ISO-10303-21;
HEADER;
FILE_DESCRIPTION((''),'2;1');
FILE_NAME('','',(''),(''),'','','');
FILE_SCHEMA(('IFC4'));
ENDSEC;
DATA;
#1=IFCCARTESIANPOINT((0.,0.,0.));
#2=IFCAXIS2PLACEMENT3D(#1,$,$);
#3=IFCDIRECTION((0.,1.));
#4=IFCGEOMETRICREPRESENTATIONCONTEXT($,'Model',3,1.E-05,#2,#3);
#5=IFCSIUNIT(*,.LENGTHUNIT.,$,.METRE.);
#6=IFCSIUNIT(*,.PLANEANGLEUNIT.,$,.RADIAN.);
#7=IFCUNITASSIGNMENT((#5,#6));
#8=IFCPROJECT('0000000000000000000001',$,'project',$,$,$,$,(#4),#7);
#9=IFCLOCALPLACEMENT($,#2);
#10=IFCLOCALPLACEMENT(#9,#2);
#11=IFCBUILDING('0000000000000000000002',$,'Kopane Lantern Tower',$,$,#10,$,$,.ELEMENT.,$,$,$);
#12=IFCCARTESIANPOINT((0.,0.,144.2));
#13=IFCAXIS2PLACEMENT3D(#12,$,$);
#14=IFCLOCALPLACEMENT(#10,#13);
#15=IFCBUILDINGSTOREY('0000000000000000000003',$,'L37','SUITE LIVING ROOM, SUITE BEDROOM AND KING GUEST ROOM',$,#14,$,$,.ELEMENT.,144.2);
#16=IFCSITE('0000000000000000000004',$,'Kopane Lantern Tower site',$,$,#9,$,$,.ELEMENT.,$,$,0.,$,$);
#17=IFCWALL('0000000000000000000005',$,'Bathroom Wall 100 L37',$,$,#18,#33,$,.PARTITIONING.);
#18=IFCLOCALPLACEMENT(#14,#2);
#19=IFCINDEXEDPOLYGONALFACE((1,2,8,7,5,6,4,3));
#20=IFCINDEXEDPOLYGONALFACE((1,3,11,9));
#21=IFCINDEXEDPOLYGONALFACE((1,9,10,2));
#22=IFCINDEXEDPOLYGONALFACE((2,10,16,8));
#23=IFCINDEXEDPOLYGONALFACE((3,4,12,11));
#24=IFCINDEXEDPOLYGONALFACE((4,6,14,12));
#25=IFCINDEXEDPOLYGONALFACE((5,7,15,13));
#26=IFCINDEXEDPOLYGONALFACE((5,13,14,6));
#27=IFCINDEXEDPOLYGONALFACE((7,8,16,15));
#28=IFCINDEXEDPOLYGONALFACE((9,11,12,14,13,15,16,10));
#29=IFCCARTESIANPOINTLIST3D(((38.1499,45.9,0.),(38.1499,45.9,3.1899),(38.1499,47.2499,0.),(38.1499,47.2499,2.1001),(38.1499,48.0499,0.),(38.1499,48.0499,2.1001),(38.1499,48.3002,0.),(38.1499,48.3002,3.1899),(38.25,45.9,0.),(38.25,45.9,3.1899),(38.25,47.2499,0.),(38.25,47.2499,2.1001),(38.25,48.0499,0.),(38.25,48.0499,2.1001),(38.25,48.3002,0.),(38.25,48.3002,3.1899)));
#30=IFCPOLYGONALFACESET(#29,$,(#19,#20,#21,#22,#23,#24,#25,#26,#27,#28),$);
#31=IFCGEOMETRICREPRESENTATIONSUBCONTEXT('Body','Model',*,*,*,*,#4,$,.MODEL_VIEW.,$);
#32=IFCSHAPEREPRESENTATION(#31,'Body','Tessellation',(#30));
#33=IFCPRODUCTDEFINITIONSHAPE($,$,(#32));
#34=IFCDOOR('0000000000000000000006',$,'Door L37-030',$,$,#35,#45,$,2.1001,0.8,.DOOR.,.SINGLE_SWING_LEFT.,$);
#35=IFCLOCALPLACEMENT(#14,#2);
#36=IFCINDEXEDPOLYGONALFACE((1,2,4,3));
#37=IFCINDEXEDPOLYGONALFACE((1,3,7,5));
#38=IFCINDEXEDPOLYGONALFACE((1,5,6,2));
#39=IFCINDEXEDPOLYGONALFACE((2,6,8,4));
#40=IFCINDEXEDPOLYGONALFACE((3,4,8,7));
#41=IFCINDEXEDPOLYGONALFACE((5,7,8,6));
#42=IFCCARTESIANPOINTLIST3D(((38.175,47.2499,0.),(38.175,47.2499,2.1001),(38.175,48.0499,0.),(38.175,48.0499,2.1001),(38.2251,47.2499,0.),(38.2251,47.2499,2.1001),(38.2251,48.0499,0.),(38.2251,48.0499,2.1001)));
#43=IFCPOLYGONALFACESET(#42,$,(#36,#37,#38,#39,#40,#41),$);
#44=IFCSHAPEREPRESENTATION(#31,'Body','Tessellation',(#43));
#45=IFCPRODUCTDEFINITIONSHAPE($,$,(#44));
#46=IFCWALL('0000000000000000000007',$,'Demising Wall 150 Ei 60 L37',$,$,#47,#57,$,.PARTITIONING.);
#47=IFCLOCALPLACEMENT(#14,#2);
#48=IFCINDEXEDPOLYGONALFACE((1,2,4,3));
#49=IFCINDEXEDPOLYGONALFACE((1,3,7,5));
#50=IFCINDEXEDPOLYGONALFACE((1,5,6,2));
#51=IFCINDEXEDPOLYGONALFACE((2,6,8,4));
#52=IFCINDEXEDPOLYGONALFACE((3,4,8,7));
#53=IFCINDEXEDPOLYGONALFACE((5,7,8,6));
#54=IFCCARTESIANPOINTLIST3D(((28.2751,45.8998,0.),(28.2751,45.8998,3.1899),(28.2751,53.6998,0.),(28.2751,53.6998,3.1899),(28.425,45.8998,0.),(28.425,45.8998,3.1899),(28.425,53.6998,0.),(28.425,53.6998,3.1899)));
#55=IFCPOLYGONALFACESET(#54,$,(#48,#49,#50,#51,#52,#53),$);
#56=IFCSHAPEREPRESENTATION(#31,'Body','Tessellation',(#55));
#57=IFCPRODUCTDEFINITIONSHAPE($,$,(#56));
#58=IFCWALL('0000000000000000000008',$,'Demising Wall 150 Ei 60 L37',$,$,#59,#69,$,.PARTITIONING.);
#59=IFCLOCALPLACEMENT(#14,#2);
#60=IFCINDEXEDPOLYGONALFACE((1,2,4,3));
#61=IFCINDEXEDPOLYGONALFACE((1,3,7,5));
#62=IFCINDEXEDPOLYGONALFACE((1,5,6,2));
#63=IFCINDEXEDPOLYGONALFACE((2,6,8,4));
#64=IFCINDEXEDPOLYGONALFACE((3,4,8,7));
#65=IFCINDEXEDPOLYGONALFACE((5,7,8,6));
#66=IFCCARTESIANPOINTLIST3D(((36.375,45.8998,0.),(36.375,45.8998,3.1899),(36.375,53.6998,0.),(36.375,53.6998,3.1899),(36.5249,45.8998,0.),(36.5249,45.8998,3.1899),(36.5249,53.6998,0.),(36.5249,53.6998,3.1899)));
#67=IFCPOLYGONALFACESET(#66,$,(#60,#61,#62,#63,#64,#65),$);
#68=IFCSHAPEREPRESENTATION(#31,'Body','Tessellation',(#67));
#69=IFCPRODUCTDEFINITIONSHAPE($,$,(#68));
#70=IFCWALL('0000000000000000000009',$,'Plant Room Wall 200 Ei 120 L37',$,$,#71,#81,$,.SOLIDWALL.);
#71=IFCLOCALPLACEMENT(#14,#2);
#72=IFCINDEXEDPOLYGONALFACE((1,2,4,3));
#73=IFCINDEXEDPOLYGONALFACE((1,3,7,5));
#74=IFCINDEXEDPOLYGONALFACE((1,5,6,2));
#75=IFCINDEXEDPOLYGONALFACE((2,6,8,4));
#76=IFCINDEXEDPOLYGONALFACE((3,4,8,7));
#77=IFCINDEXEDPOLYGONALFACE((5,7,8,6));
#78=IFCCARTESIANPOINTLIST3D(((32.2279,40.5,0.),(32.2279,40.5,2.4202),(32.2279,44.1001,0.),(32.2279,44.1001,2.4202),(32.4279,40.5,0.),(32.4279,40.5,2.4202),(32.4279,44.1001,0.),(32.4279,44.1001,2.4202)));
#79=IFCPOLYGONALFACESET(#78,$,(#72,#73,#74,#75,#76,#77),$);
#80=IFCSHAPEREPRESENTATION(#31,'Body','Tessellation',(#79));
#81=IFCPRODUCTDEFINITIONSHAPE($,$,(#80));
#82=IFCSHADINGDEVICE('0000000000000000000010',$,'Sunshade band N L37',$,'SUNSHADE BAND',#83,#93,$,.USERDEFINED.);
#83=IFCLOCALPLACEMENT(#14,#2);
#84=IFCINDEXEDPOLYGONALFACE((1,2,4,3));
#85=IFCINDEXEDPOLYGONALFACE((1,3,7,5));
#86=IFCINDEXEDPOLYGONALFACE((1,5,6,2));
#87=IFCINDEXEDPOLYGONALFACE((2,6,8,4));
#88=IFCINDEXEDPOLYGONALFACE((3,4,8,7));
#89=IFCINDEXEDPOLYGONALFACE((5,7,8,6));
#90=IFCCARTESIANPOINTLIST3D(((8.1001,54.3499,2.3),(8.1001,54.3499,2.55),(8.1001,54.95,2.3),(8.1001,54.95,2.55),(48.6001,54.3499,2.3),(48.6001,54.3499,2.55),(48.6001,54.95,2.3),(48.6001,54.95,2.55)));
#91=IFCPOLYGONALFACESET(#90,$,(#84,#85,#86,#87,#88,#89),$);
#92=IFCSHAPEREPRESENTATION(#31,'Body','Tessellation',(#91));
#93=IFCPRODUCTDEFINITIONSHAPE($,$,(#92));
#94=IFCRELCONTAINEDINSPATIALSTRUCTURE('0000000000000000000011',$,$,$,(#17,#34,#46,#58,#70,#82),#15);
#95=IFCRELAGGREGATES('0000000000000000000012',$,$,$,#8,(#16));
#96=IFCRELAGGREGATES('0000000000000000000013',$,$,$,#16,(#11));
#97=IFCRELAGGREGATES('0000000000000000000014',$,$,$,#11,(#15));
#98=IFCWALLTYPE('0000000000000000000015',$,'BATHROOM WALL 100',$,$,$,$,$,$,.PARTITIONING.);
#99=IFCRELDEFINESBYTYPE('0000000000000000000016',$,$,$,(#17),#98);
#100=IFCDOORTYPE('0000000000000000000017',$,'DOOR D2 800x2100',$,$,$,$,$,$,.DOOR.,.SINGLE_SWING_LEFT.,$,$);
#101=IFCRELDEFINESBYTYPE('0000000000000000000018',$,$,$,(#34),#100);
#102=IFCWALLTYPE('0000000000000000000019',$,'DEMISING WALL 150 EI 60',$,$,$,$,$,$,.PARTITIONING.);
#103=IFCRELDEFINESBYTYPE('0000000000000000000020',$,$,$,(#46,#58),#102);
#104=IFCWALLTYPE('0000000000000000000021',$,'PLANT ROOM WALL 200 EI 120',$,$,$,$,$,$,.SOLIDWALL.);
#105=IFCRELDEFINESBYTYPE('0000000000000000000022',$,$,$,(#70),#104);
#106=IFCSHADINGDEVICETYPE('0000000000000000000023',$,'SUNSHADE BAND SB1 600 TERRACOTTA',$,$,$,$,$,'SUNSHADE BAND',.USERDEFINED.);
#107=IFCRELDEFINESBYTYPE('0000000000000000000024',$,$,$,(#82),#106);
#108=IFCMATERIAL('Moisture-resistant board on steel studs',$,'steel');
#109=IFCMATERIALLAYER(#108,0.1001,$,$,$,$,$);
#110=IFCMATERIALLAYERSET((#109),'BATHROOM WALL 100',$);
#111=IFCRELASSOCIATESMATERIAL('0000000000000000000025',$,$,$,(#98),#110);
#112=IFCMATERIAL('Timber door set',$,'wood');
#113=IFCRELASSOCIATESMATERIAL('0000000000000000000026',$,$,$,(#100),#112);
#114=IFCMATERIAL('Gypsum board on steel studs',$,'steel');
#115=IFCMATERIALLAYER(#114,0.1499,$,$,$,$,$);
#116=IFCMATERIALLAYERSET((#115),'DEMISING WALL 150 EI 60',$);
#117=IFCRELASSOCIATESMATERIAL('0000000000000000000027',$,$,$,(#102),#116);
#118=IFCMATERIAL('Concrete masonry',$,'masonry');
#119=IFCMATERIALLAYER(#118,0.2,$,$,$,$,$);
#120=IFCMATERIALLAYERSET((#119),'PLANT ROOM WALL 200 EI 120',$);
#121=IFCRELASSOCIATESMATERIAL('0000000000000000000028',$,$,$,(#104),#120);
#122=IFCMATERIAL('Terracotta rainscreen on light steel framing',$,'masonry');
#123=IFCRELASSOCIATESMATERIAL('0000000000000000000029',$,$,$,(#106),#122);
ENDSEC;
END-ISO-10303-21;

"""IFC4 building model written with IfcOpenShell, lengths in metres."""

from ifc_helpers import new_model, si_unit, direction, frame, frame_2d, origin, origin_2d, place, context, subcontext, project, spatial, rectangle, extrude, material, layer, layer_set, type_object, element, fill, save


model = new_model("IFC4")

# Units and contexts
model_context = context("Model", 3, precision=1e-05, world=origin(), true_north=direction((0.0, 1.0)))
body_context = subcontext(model_context, "Body", "Model", "MODEL_VIEW")
ifc_project = project(units=[si_unit("LENGTHUNIT", "METRE"), si_unit("PLANEANGLEUNIT", "RADIAN")], contexts=[model_context])

# Site, building, storey
site_placement = place(None, origin())
site = spatial("IfcSite", under=ifc_project, at=site_placement, Name="Kopane Lantern Tower site", CompositionType="ELEMENT", RefElevation=0.0)
building_placement = place(site_placement, origin())
building = spatial("IfcBuilding", under=site, at=building_placement, Name="Kopane Lantern Tower", CompositionType="ELEMENT")
storey_placement = place(building_placement, frame((0.0, 0.0, 144.2)))
storey = spatial("IfcBuildingStorey", under=building, at=storey_placement, Name="L37", Description="SUITE LIVING ROOM, SUITE BEDROOM AND KING GUEST ROOM", CompositionType="ELEMENT", Elevation=144.2)

# Shared definitions
ifc_material_1 = material(Name="Moisture-resistant board on steel studs", Category="steel")
ifc_layer_1 = layer(ifc_material_1, 0.1001)
ifc_layer_set_1 = layer_set([ifc_layer_1], Name="BATHROOM WALL 100")
wall_type_1 = type_object("IfcWallType", Name="BATHROOM WALL 100", PredefinedType="PARTITIONING", material=ifc_layer_set_1)
ifc_material_2 = material(Name="Timber door set", Category="wood")
door_type = type_object("IfcDoorType", Name="DOOR D2 800x2100", OperationType="SINGLE_SWING_LEFT", PredefinedType="DOOR", material=ifc_material_2)

# Wall, opening, door
wall_1_placement = place(storey_placement, frame((38.2, 45.8999, 0.0), z_axis=(0.0, 0.0, 1.0), x_axis=(0.0, 1.0, 0.0)))
wall_1 = element("IfcWall", 1, at=wall_1_placement, inside=storey, type_object=wall_type_1, Name="Bathroom Wall 100 L37", PredefinedType="PARTITIONING", context=body_context, shape_type="SweptSolid", body=[
    extrude(rectangle(XDim=2.4001, YDim=0.1001, at=frame_2d((1.2002, 0.0))), origin(), (0.0, 0.0, 1.0), 3.1899),
])
opening_1_placement = place(wall_1_placement, frame((1.3501, 0.0, 0.0)))
opening_1 = element("IfcOpeningElement", 2, at=opening_1_placement, cuts=wall_1, PredefinedType="OPENING", context=body_context, shape_type="SweptSolid", body=[
    extrude(rectangle(XDim=0.8, YDim=2.1001, at=frame_2d((0.3999, 1.05))), frame((0.0, 0.0601, 0.0), z_axis=(0.0, -1.0, 0.0), x_axis=(1.0, 0.0, 0.0)), (0.0, 0.0, 1.0), 0.1201),
])
door_1_placement = place(opening_1_placement, origin())
door_1 = element("IfcDoor", 3, at=door_1_placement, inside=storey, type_object=door_type, Name="Door L37-030", OperationType="SINGLE_SWING_LEFT", OverallHeight=2.1001, OverallWidth=0.8, PredefinedType="DOOR", context=body_context, shape_type="SweptSolid", body=[
    extrude(rectangle(XDim=0.8, YDim=2.1001, at=frame_2d((0.3999, 1.05))), frame((0.0, 0.0249, 0.0), z_axis=(0.0, -1.0, 0.0), x_axis=(1.0, 0.0, 0.0)), (0.0, 0.0, 1.0), 0.05),
])
fill(opening_1, door_1)

# Walls
ifc_material_3 = material(Name="Gypsum board on steel studs", Category="steel")
ifc_layer_2 = layer(ifc_material_3, 0.1499)
ifc_layer_set_2 = layer_set([ifc_layer_2], Name="DEMISING WALL 150 EI 60")
wall_type_2 = type_object("IfcWallType", Name="DEMISING WALL 150 EI 60", PredefinedType="PARTITIONING", material=ifc_layer_set_2)
for number, where, z_axis, x_axis, name in (
    (4, (28.3501, 45.8999, 0.0), (0.0, 0.0, 1.0), (0.0, 1.0, 0.0), "Demising Wall 150 Ei 60 L37"),
    (5, (36.45, 45.8999, 0.0), (0.0, 0.0, 1.0), (0.0, 1.0, 0.0), "Demising Wall 150 Ei 60 L37"),
):
    element("IfcWall", number, at=place(storey_placement, frame(where, z_axis=z_axis, x_axis=x_axis)), inside=storey, type_object=wall_type_2, Name=name, PredefinedType="PARTITIONING", context=body_context, shape_type="SweptSolid", body=[
        extrude(rectangle(XDim=7.8, YDim=0.1499, at=frame_2d((3.8999, 0.0))), origin(), (0.0, 0.0, 1.0), 3.1899),
    ])
ifc_material_4 = material(Name="Concrete masonry", Category="masonry")
ifc_layer_3 = layer(ifc_material_4, 0.2)
ifc_layer_set_3 = layer_set([ifc_layer_3], Name="PLANT ROOM WALL 200 EI 120")
wall_type_3 = type_object("IfcWallType", Name="PLANT ROOM WALL 200 EI 120", PredefinedType="SOLIDWALL", material=ifc_layer_set_3)
wall_2_placement = place(storey_placement, frame((32.3279, 44.1001, 0.0), z_axis=(0.0, 0.0, 1.0), x_axis=(0.0, -1.0, 0.0)))
element("IfcWall", 6, at=wall_2_placement, inside=storey, type_object=wall_type_3, Name="Plant Room Wall 200 Ei 120 L37", PredefinedType="SOLIDWALL", context=body_context, shape_type="SweptSolid", body=[
    extrude(rectangle(XDim=3.6001, YDim=0.2, at=frame_2d((1.8, 0.0))), origin(), (0.0, 0.0, 1.0), 2.4202),
])

# Shading device
ifc_material_5 = material(Name="Terracotta rainscreen on light steel framing", Category="masonry")
shading_device_type = type_object("IfcShadingDeviceType", Name="SUNSHADE BAND SB1 600 TERRACOTTA", ElementType="SUNSHADE BAND", PredefinedType="USERDEFINED", material=ifc_material_5)
shading_device_placement = place(storey_placement, frame((28.3501, 54.6499, 2.3), z_axis=(0.0, 0.0, 1.0), x_axis=(-1.0, 0.0, 0.0)))
element("IfcShadingDevice", 7, at=shading_device_placement, inside=storey, type_object=shading_device_type, Name="Sunshade band N L37", ObjectType="SUNSHADE BAND", PredefinedType="USERDEFINED", context=body_context, shape_type="SweptSolid", body=[
    extrude(rectangle(XDim=40.5, YDim=0.6001, at=origin_2d()), origin(), (0.0, 0.0, 1.0), 0.25),
])

save(model, "model.ifc")
